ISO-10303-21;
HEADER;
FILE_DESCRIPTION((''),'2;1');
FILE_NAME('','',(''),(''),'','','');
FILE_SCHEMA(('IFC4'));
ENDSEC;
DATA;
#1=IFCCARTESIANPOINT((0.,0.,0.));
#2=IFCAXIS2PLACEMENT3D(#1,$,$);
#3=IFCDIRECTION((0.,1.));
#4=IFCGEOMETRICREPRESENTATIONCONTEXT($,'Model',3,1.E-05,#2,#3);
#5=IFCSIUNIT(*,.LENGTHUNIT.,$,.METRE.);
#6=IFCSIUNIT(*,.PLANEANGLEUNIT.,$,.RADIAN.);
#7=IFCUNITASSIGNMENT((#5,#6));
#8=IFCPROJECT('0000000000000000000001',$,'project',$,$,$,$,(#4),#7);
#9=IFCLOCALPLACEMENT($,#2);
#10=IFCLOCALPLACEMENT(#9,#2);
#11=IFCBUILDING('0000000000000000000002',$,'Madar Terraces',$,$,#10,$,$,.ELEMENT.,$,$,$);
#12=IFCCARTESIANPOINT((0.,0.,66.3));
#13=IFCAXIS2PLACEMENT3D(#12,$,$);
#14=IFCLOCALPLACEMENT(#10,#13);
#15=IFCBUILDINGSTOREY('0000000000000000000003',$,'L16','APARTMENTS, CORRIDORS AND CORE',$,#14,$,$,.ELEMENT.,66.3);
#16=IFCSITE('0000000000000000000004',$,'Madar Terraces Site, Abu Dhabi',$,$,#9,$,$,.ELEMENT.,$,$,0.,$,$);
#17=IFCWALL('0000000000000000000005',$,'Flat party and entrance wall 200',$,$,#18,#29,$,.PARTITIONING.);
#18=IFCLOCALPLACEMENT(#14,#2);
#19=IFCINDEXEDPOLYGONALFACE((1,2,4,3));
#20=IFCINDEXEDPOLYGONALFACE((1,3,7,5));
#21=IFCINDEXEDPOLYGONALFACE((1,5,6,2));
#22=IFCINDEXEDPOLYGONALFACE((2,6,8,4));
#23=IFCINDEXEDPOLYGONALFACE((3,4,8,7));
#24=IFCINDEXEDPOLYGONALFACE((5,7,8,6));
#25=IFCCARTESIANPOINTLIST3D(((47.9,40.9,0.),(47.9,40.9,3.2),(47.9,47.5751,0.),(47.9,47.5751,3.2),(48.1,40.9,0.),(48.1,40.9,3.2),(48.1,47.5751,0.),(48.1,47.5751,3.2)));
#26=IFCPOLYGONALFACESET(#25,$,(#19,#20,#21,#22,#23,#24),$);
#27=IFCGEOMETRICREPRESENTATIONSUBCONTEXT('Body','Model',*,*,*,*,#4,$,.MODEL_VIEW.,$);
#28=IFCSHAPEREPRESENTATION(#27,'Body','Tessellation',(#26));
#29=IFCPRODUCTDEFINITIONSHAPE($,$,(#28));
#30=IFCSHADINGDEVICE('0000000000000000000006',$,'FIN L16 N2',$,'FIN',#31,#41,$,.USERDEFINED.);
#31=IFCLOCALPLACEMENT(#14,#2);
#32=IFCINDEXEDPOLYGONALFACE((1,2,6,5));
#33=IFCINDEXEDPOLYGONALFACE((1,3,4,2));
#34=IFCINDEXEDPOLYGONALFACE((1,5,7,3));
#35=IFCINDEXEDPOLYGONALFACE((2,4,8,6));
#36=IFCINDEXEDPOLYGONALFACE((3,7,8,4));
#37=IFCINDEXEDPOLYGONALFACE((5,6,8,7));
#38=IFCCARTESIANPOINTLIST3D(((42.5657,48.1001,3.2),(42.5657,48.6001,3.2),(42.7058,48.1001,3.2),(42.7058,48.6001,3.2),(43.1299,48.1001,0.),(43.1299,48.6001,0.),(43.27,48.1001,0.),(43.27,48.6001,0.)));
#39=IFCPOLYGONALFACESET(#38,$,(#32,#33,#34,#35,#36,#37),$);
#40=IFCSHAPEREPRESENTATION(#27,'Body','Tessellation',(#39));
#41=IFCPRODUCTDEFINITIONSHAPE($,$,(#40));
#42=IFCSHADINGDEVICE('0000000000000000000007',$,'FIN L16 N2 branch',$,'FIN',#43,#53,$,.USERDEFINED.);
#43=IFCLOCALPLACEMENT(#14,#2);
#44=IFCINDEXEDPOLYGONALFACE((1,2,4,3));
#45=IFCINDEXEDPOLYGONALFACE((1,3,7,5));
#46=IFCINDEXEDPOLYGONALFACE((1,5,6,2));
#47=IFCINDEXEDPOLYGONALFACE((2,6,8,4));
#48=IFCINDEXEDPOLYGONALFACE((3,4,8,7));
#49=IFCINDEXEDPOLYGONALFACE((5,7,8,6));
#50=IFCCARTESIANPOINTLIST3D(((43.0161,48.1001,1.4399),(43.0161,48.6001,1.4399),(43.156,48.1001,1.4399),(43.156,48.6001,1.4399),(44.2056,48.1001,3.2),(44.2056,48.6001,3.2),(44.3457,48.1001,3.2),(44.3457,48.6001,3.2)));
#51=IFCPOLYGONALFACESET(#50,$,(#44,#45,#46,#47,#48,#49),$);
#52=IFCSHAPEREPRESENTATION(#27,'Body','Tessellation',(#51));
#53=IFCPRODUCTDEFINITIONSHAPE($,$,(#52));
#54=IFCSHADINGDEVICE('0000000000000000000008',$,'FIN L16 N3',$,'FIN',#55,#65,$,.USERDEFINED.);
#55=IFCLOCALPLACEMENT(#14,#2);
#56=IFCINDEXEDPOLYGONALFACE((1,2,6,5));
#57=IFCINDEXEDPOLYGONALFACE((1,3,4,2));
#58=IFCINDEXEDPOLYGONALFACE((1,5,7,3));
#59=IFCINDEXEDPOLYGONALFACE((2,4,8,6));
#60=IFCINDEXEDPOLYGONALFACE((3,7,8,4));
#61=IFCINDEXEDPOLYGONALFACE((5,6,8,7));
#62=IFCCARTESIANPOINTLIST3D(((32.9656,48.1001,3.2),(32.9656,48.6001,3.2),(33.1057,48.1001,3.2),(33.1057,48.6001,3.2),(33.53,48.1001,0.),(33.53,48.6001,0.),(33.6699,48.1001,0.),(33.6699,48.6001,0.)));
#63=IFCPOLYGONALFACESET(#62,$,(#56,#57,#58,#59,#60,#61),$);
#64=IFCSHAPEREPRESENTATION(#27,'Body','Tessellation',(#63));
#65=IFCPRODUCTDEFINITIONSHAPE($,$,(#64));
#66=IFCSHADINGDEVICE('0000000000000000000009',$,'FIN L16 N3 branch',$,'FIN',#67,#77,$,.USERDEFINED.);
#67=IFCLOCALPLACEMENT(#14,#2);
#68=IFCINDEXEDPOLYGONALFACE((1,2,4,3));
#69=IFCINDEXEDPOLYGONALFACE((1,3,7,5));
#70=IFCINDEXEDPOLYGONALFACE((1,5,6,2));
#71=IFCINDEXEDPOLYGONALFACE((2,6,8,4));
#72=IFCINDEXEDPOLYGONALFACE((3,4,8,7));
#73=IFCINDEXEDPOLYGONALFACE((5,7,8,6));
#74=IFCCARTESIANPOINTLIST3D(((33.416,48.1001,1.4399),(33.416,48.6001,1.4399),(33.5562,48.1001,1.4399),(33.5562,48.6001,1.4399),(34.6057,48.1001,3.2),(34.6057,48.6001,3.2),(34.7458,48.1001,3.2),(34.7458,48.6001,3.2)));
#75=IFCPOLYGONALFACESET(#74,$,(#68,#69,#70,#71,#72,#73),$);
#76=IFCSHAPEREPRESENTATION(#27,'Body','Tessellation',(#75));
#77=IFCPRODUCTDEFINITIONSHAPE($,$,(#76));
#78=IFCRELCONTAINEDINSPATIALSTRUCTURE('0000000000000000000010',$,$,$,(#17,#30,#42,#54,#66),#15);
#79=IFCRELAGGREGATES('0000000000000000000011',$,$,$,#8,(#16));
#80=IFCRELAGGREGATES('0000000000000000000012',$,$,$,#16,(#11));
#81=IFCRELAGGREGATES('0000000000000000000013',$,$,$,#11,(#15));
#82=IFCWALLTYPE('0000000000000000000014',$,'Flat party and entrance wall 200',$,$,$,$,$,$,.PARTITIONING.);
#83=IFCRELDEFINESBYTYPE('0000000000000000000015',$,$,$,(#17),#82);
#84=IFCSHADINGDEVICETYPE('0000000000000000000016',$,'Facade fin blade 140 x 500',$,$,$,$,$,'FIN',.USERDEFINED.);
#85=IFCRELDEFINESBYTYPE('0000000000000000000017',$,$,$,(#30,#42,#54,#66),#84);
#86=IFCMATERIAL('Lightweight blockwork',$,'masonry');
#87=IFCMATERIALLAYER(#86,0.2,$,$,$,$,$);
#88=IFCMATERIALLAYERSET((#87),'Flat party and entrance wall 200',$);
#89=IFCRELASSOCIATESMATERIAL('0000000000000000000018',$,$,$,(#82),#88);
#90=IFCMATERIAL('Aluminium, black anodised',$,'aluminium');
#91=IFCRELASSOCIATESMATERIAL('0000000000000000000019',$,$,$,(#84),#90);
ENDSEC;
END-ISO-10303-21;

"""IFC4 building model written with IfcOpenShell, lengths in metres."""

from ifc_helpers import new_model, si_unit, direction, frame, frame_2d, origin, place, context, subcontext, project, spatial, polyline, rectangle, outline, extrude, material, layer, layer_set, type_object, element, save


model = new_model("IFC4")

# Units and contexts
model_context = context("Model", 3, precision=1e-05, world=origin(), true_north=direction((0.0, 1.0)))
body_context = subcontext(model_context, "Body", "Model", "MODEL_VIEW")
ifc_project = project(units=[si_unit("LENGTHUNIT", "METRE"), si_unit("PLANEANGLEUNIT", "RADIAN")], contexts=[model_context])

# Site, building, storey
site_placement = place(None, origin())
site = spatial("IfcSite", under=ifc_project, at=site_placement, Name="Madar Terraces Site, Abu Dhabi", CompositionType="ELEMENT", RefElevation=0.0)
building_placement = place(site_placement, origin())
building = spatial("IfcBuilding", under=site, at=building_placement, Name="Madar Terraces", CompositionType="ELEMENT")
storey_placement = place(building_placement, frame((0.0, 0.0, 66.3)))
storey = spatial("IfcBuildingStorey", under=building, at=storey_placement, Name="L16", Description="APARTMENTS, CORRIDORS AND CORE", CompositionType="ELEMENT", Elevation=66.3)

# Wall
ifc_material_1 = material(Name="Lightweight blockwork", Category="masonry")
ifc_layer_1 = layer(ifc_material_1, 0.2)
ifc_layer_set_1 = layer_set([ifc_layer_1], Name="Flat party and entrance wall 200")
wall_type_1 = type_object("IfcWallType", Name="Flat party and entrance wall 200", PredefinedType="PARTITIONING", material=ifc_layer_set_1)
wall_1_placement = place(storey_placement, frame((48.0, 47.575, 0.0), z_axis=(0.0, 0.0, 1.0), x_axis=(0.0, -1.0, 0.0)))
element("IfcWall", 1, at=wall_1_placement, inside=storey, type_object=wall_type_1, Name="Flat party and entrance wall 200", PredefinedType="PARTITIONING", context=body_context, shape_type="SweptSolid", body=[
    extrude(rectangle(XDim=6.675, YDim=0.2, at=frame_2d((3.3374, 0.0))), origin(), (0.0, 0.0, 1.0), 3.2),
])

# Shading devices
ifc_material_2 = material(Name="Aluminium, black anodised", Category="aluminium")
shading_device_type = type_object("IfcShadingDeviceType", Name="Facade fin blade 140 x 500", ElementType="FIN", PredefinedType="USERDEFINED", material=ifc_material_2)
shading_device_1_placement = place(storey_placement, frame((43.27, 48.3501, 0.0), z_axis=(0.0, 0.0, 1.0), x_axis=(-1.0, 0.0, 0.0)))
element("IfcShadingDevice", 2, at=shading_device_1_placement, inside=storey, type_object=shading_device_type, Name="FIN L16 N2", ObjectType="FIN", PredefinedType="USERDEFINED", context=body_context, shape_type="SweptSolid", body=[
    extrude(outline(polyline([(0.0, 0.0), (0.1401, 0.0), (0.7043, 3.2), (0.5642, 3.2), (0.0, 0.0)])), frame((0.0, 0.25, 0.0), z_axis=(0.0, -1.0, 0.0), x_axis=(1.0, 0.0, 0.0)), (0.0, 0.0, 1.0), 0.5),
])
shading_device_2_placement = place(storey_placement, frame((43.156, 48.3501, 1.4399), z_axis=(0.0, 0.0, 1.0), x_axis=(-1.0, 0.0, 0.0)))
element("IfcShadingDevice", 3, at=shading_device_2_placement, inside=storey, type_object=shading_device_type, Name="FIN L16 N2 branch", ObjectType="FIN", PredefinedType="USERDEFINED", context=body_context, shape_type="SweptSolid", body=[
    extrude(outline(polyline([(0.0, 0.0), (0.1399, 0.0), (-1.0496, 1.76), (-1.1897, 1.76), (0.0, 0.0)])), frame((0.0, 0.25, 0.0), z_axis=(0.0, -1.0, 0.0), x_axis=(1.0, 0.0, 0.0)), (0.0, 0.0, 1.0), 0.5),
])
shading_device_3_placement = place(storey_placement, frame((33.6699, 48.3501, 0.0), z_axis=(0.0, 0.0, 1.0), x_axis=(-1.0, 0.0, 0.0)))
element("IfcShadingDevice", 4, at=shading_device_3_placement, inside=storey, type_object=shading_device_type, Name="FIN L16 N3", ObjectType="FIN", PredefinedType="USERDEFINED", context=body_context, shape_type="SweptSolid", body=[
    extrude(outline(polyline([(0.0, 0.0), (0.1399, 0.0), (0.7043, 3.2), (0.5642, 3.2), (0.0, 0.0)])), frame((0.0, 0.25, 0.0), z_axis=(0.0, -1.0, 0.0), x_axis=(1.0, 0.0, 0.0)), (0.0, 0.0, 1.0), 0.5),
])
shading_device_4_placement = place(storey_placement, frame((33.5562, 48.3501, 1.4399), z_axis=(0.0, 0.0, 1.0), x_axis=(-1.0, 0.0, 0.0)))
element("IfcShadingDevice", 5, at=shading_device_4_placement, inside=storey, type_object=shading_device_type, Name="FIN L16 N3 branch", ObjectType="FIN", PredefinedType="USERDEFINED", context=body_context, shape_type="SweptSolid", body=[
    extrude(outline(polyline([(0.0, 0.0), (0.1401, 0.0), (-1.0496, 1.76), (-1.1897, 1.76), (0.0, 0.0)])), frame((0.0, 0.25, 0.0), z_axis=(0.0, -1.0, 0.0), x_axis=(1.0, 0.0, 0.0)), (0.0, 0.0, 1.0), 0.5),
])

save(model, "model.ifc")
